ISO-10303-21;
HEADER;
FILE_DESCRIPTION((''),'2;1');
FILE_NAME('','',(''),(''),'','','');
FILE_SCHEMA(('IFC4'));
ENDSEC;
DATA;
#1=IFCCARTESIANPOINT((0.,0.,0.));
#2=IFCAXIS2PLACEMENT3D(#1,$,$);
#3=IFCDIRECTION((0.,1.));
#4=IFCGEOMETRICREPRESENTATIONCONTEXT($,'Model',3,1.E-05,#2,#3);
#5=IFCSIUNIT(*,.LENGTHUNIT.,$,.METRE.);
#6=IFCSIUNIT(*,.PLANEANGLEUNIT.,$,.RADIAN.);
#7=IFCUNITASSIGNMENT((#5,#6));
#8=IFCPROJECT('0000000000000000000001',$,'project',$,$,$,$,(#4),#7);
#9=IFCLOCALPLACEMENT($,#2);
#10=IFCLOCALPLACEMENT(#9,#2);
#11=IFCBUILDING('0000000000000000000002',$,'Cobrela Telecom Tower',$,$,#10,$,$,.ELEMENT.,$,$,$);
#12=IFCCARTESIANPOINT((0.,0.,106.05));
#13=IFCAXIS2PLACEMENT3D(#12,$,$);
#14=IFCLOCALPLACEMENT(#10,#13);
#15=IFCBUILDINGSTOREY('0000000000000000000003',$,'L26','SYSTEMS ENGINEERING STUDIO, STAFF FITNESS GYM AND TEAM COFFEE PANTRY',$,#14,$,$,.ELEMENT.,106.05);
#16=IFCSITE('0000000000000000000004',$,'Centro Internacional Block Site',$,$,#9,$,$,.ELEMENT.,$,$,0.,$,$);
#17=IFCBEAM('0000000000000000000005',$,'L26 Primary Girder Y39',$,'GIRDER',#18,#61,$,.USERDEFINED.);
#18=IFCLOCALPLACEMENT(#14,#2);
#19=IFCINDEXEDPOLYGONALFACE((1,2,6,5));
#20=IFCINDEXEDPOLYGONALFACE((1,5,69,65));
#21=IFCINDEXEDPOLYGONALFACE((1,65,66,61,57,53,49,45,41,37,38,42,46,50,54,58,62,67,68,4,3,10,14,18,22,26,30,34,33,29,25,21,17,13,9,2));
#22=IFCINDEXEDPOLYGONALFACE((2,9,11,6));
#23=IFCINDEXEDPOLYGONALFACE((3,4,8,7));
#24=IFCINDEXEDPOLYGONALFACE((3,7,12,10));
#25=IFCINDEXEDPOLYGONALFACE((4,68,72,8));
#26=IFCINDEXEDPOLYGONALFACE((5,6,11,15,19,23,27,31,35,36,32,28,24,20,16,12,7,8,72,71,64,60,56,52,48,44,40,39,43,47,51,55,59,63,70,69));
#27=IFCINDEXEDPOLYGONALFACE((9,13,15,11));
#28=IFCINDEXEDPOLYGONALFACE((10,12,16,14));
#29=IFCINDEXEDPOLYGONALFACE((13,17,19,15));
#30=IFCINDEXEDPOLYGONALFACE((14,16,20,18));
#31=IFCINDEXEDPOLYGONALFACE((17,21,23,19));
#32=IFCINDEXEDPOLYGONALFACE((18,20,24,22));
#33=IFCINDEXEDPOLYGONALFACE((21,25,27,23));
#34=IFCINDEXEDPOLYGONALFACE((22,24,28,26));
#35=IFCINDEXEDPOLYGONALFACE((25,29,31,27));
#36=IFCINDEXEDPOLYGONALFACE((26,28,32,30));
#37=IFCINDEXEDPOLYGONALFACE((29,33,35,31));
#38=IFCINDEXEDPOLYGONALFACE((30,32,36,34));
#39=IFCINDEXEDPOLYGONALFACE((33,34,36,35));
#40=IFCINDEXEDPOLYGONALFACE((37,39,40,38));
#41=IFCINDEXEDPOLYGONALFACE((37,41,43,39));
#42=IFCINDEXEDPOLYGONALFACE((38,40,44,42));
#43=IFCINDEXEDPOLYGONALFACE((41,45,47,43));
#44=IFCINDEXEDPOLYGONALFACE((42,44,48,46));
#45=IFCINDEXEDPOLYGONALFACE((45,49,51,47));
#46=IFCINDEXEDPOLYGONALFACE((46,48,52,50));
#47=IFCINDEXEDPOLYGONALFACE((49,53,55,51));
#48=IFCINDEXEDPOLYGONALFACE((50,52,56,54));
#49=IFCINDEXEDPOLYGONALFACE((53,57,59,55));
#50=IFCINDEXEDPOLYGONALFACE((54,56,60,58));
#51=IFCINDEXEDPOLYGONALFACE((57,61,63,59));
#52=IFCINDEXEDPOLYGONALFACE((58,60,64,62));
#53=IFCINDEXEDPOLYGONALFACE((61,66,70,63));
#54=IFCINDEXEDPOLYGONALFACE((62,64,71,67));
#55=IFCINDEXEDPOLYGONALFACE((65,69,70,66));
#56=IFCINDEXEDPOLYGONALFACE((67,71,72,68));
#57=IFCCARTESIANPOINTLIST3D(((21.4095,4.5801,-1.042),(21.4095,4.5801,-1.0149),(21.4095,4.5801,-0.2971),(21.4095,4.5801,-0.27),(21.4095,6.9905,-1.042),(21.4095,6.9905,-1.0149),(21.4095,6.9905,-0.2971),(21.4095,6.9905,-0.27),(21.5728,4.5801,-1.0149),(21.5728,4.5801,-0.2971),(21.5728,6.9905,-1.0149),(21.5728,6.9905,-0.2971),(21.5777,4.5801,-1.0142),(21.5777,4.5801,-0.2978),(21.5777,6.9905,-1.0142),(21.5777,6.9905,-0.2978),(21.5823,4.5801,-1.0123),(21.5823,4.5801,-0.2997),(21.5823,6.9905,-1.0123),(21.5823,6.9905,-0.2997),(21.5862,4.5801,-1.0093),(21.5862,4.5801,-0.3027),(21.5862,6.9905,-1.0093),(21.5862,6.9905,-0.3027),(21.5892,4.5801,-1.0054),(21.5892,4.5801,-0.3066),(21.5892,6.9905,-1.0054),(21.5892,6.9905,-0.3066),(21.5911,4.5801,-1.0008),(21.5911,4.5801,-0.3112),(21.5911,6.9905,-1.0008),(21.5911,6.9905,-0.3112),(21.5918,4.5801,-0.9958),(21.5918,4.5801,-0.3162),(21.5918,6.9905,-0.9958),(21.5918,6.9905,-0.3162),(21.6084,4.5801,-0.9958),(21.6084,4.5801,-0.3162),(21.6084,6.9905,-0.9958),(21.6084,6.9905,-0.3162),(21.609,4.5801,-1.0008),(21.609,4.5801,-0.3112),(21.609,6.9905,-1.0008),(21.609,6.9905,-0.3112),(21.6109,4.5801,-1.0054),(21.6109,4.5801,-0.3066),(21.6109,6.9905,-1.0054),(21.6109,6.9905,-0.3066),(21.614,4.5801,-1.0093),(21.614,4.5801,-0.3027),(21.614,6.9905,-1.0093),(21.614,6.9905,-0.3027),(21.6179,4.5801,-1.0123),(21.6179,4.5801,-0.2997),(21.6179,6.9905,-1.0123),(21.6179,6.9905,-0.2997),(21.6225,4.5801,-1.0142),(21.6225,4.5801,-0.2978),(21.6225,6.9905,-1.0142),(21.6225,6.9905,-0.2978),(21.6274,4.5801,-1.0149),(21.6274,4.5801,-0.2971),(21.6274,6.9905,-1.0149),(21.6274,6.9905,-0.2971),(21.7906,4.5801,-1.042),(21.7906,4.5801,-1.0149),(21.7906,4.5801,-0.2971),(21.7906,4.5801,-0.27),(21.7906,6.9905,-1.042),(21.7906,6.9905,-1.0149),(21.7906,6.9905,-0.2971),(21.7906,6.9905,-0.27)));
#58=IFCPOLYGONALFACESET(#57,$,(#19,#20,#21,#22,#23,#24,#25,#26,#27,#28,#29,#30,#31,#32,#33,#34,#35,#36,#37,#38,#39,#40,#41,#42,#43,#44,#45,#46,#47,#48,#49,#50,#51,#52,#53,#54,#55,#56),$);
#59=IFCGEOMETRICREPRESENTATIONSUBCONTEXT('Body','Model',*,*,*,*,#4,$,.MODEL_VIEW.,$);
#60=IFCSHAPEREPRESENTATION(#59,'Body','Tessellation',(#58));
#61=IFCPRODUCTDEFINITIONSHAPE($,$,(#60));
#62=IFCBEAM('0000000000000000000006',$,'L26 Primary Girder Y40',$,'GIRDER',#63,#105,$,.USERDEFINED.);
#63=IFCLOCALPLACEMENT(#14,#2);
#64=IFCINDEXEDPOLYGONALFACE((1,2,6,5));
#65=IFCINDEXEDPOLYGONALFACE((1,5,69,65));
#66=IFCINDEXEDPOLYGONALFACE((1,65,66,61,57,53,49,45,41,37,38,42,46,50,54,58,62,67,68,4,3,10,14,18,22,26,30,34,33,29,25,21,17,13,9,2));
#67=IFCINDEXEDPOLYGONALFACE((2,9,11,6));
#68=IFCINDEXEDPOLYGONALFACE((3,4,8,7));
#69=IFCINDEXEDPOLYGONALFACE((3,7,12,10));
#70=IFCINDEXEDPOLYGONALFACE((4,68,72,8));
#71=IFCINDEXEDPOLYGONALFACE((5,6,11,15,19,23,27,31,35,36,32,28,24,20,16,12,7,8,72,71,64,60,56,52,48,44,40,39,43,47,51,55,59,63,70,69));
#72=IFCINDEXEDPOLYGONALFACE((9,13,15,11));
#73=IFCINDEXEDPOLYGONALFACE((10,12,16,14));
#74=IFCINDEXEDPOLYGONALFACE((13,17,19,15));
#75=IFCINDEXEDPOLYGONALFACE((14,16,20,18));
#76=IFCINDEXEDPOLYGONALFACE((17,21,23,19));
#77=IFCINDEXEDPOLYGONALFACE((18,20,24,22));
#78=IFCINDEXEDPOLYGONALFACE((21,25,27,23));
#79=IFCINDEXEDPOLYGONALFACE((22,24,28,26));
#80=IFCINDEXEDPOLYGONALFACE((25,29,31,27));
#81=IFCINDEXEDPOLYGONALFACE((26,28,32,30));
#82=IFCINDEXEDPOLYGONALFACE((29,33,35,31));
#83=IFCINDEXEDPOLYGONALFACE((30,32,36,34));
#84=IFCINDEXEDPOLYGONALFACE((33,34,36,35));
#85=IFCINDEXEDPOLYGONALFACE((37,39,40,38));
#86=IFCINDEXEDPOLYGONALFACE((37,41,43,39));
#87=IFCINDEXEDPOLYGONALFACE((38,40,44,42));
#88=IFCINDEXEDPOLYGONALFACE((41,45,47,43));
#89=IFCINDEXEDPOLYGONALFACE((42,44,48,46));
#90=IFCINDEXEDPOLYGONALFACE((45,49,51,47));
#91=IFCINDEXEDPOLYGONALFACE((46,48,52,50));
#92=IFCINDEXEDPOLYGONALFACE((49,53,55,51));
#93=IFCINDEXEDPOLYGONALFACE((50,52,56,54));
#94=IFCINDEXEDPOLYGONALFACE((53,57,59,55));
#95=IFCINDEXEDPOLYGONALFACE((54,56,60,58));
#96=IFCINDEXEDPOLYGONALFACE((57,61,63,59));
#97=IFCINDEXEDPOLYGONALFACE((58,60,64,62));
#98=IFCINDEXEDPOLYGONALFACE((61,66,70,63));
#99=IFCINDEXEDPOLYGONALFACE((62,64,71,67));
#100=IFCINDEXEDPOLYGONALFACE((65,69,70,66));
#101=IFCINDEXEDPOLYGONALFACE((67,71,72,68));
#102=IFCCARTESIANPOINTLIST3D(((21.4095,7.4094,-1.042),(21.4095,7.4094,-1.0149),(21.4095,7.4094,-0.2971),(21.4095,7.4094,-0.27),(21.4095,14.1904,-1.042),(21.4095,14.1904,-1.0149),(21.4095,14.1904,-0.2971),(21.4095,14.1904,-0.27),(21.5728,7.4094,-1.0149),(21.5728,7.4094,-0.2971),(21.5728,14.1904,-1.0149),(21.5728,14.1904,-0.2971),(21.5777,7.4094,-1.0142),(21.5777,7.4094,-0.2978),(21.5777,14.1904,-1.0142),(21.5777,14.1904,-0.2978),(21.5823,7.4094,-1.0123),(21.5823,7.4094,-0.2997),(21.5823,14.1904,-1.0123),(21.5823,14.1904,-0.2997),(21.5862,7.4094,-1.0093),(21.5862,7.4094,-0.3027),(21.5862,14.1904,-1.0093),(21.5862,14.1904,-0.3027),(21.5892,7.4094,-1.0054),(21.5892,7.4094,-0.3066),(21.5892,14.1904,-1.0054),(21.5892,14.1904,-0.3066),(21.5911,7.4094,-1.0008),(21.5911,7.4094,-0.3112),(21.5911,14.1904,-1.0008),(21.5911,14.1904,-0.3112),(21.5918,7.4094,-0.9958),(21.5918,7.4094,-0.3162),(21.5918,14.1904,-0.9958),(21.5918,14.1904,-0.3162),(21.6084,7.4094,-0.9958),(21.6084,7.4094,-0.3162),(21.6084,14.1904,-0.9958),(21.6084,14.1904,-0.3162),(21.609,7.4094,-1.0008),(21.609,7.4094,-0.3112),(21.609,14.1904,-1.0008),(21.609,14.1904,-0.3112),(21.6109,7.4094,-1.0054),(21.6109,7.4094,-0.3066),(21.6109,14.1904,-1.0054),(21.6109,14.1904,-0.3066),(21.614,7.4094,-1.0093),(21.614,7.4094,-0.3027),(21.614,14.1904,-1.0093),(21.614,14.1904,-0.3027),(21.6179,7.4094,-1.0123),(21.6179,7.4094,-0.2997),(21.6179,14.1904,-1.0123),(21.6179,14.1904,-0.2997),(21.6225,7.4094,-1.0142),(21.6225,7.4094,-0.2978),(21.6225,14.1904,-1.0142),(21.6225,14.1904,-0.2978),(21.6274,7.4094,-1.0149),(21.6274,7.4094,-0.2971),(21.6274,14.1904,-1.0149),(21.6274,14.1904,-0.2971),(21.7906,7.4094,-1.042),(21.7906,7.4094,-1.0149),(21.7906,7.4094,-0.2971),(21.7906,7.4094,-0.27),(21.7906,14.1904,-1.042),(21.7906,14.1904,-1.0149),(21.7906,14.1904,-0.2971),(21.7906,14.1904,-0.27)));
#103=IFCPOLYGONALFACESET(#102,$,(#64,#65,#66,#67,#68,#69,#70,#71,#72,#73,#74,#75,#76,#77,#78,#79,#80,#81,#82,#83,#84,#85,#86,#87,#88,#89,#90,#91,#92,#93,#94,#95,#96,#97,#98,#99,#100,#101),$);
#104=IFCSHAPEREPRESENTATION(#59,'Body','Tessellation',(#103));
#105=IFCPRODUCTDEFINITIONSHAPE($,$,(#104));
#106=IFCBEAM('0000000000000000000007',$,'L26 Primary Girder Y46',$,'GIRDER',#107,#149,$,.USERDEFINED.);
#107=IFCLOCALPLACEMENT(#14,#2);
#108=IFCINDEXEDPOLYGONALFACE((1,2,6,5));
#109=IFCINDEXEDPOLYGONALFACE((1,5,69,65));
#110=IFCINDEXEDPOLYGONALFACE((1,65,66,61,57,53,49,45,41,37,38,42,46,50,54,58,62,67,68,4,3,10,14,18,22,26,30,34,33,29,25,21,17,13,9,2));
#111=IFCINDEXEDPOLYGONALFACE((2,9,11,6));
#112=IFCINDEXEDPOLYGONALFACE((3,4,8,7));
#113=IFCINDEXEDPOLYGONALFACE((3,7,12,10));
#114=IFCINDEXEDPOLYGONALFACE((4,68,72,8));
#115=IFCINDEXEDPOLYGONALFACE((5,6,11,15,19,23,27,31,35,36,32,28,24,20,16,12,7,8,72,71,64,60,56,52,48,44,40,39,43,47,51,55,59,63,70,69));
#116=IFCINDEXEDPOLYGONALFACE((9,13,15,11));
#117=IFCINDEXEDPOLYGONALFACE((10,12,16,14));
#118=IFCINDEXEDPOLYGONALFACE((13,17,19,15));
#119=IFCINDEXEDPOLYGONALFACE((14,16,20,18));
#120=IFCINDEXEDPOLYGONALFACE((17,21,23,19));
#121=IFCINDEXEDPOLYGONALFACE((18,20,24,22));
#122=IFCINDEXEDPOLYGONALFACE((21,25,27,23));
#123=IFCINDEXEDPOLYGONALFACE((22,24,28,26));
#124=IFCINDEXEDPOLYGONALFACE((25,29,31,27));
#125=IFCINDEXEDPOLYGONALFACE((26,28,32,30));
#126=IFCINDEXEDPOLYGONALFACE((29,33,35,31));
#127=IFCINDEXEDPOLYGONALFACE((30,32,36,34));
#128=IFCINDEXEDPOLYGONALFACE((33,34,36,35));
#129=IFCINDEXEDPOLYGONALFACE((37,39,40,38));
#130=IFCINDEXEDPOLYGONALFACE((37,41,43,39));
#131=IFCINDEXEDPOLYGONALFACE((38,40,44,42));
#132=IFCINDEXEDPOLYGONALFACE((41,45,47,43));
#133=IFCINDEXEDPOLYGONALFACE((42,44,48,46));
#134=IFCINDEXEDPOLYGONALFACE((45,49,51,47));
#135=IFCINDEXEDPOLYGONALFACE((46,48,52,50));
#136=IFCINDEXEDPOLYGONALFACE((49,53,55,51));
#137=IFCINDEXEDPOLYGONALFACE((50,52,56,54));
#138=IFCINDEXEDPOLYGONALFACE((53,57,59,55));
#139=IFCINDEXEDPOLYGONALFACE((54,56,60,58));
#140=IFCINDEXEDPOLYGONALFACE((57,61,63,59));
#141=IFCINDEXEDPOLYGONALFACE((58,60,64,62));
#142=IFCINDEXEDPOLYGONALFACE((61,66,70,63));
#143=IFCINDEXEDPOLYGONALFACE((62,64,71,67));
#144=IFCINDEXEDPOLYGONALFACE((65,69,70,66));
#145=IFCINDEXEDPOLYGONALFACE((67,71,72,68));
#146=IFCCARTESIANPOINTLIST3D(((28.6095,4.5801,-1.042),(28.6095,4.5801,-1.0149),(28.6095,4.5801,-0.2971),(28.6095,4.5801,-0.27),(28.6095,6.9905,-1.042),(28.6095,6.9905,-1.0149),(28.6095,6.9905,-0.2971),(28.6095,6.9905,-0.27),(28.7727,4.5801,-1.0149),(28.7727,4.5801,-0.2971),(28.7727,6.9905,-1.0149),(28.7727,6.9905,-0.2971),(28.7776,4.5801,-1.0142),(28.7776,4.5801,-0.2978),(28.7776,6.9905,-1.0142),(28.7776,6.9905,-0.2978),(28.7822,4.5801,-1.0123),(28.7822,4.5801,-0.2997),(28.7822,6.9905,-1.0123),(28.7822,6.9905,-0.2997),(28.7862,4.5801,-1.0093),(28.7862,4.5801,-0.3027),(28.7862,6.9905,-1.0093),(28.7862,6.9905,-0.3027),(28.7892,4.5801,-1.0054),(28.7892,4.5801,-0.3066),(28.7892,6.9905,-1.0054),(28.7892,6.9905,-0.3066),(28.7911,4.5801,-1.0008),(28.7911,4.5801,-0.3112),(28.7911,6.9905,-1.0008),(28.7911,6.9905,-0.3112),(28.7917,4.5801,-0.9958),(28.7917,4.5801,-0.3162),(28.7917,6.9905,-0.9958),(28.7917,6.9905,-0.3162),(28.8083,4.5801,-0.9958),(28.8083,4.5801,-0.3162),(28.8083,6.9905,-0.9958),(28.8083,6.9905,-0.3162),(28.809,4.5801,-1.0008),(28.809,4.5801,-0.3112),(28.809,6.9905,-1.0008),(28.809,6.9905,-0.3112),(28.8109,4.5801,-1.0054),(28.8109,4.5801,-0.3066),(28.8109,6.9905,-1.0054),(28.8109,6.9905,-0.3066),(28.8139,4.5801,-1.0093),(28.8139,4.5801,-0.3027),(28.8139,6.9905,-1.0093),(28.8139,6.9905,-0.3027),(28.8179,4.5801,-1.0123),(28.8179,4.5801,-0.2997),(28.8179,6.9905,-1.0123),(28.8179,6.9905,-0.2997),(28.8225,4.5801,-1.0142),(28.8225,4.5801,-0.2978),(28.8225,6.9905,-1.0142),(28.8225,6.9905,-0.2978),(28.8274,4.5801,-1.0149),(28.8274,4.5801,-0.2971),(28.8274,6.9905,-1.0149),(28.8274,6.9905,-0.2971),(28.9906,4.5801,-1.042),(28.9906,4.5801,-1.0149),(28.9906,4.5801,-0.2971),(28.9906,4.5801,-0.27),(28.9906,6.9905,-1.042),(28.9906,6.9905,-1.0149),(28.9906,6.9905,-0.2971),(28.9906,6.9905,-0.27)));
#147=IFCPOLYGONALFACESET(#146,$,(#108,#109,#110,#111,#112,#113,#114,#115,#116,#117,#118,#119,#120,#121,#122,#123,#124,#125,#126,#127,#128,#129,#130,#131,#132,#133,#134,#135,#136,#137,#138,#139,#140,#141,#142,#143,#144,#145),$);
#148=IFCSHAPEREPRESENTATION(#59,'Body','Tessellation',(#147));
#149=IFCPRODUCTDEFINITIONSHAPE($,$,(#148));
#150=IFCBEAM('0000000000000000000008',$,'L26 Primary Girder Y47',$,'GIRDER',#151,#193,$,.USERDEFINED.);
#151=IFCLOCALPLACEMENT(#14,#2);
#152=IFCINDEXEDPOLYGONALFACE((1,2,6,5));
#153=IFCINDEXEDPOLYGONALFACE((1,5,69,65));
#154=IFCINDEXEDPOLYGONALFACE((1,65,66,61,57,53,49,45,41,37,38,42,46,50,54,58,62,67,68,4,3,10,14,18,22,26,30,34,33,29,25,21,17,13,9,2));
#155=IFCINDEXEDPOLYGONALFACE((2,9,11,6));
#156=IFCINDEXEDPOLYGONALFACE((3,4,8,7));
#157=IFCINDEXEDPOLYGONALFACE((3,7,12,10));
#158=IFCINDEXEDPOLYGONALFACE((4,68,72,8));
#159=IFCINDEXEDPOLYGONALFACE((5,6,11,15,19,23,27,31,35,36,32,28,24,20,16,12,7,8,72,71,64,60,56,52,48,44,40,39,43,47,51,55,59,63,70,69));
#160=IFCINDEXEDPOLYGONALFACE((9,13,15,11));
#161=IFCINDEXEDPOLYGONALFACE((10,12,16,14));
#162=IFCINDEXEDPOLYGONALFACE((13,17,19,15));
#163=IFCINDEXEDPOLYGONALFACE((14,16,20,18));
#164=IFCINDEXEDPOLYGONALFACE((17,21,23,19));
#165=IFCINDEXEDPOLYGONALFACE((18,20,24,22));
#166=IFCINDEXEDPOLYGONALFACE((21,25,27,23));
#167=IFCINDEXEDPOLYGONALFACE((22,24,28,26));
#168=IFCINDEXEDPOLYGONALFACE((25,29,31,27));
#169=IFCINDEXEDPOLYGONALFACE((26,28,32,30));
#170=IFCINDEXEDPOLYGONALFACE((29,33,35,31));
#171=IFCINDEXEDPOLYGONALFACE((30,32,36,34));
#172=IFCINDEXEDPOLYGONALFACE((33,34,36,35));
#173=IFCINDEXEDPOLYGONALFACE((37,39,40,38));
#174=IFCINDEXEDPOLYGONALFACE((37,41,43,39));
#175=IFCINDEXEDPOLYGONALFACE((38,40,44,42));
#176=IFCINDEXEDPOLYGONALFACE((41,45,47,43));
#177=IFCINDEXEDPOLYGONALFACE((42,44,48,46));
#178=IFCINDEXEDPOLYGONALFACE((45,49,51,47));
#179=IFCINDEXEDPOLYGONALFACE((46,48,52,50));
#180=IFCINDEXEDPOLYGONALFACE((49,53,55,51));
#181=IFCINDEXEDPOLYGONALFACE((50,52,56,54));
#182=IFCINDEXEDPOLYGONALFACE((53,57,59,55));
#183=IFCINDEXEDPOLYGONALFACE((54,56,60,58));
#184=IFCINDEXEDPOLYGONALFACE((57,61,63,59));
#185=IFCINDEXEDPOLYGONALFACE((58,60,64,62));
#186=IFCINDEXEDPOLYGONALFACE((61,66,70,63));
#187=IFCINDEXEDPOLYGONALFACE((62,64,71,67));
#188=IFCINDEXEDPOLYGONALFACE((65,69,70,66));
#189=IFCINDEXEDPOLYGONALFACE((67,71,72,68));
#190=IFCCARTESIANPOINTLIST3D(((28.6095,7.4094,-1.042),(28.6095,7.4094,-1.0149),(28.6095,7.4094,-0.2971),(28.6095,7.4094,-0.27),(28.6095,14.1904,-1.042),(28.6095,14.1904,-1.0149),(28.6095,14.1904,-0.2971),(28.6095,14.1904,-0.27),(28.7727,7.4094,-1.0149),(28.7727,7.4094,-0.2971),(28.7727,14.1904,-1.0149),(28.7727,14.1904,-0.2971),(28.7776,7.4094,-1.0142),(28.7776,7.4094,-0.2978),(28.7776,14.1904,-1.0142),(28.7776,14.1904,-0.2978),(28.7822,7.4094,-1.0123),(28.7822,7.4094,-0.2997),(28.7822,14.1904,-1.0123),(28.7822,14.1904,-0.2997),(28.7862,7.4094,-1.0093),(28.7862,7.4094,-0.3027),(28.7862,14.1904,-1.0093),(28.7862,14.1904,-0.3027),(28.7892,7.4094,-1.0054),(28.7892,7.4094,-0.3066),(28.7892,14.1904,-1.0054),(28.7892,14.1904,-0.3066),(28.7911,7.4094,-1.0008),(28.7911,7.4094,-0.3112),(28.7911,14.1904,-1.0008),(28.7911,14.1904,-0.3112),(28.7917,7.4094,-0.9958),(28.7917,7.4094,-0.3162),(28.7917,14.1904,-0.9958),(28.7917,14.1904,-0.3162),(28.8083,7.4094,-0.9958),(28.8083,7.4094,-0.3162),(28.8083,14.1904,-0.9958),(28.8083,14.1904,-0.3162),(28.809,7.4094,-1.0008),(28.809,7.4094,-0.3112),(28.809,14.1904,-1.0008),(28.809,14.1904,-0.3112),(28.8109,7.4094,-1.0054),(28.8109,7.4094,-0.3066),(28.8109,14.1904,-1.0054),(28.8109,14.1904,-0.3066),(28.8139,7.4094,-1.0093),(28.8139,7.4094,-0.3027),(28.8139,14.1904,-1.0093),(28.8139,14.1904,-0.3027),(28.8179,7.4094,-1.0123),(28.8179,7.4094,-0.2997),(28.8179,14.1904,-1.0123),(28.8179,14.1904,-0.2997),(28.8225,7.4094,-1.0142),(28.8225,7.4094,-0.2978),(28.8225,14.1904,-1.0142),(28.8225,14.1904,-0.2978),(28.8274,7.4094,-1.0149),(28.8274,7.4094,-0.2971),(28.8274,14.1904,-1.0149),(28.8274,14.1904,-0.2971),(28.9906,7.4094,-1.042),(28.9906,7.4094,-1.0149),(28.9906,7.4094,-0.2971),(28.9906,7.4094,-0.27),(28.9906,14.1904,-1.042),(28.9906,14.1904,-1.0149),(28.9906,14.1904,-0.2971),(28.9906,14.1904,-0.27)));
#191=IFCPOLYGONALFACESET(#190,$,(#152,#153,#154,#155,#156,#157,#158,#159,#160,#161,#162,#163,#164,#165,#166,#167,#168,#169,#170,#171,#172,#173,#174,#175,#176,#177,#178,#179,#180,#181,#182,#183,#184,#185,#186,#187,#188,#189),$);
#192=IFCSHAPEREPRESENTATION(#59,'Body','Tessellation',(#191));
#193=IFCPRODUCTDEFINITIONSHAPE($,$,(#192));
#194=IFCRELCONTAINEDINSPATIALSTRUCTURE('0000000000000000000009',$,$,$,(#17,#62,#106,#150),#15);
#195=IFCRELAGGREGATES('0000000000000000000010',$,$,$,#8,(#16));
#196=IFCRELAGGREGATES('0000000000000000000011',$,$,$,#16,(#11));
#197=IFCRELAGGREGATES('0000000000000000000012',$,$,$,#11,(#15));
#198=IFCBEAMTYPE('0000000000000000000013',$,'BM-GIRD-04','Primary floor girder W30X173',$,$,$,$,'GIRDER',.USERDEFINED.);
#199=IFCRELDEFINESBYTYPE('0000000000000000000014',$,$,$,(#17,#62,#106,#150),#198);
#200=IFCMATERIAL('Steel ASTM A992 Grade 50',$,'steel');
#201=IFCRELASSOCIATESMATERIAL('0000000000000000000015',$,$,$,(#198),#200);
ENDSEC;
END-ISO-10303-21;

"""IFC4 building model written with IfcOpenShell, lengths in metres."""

from ifc_helpers import new_model, si_unit, direction, frame, origin, origin_2d, place, context, subcontext, project, spatial, i_section, extrude, material, material_profile, profile_set, type_object, element, save


model = new_model("IFC4")

# Units and contexts
model_context = context("Model", 3, precision=1e-05, world=origin(), true_north=direction((0.0, 1.0)))
body_context = subcontext(model_context, "Body", "Model", "MODEL_VIEW")
ifc_project = project(units=[si_unit("LENGTHUNIT", "METRE"), si_unit("PLANEANGLEUNIT", "RADIAN")], contexts=[model_context])

# Site, building, storey
site_placement = place(None, origin())
site = spatial("IfcSite", under=ifc_project, at=site_placement, Name="Centro Internacional Block Site", CompositionType="ELEMENT", RefElevation=0.0)
building_placement = place(site_placement, origin())
building = spatial("IfcBuilding", under=site, at=building_placement, Name="Cobrela Telecom Tower", CompositionType="ELEMENT")
storey_placement = place(building_placement, frame((0.0, 0.0, 106.05)))
storey = spatial("IfcBuildingStorey", under=building, at=storey_placement, Name="L26", Description="SYSTEMS ENGINEERING STUDIO, STAFF FITNESS GYM AND TEAM COFFEE PANTRY", CompositionType="ELEMENT", Elevation=106.05)

# Shared definitions
ifc_material_1 = material(Name="Steel ASTM A992 Grade 50", Category="steel")

# Beams
ifc_material_profile_1 = material_profile(ifc_material_1, i_section(OverallWidth=0.3811, OverallDepth=0.772, WebThickness=0.0166, FlangeThickness=0.0271, FilletRadius=0.019, at=origin_2d()), Name="W30X173")
ifc_profile_set_1 = profile_set([ifc_material_profile_1], Name="Steel ASTM A992 Grade 50")
beam_type_1 = type_object("IfcBeamType", Name="BM-GIRD-04", Description="Primary floor girder W30X173", ElementType="GIRDER", PredefinedType="USERDEFINED", material=ifc_profile_set_1)
beam_1_placement = place(storey_placement, frame((21.6001, 4.5801, -0.656), z_axis=(0.0, 1.0, 0.0), x_axis=(-1.0, 0.0, 0.0)))
element("IfcBeam", 1, at=beam_1_placement, inside=storey, type_object=beam_type_1, Name="L26 Primary Girder Y39", ObjectType="GIRDER", PredefinedType="USERDEFINED", context=body_context, shape_type="SweptSolid", body=[
    extrude(i_section(OverallWidth=0.3811, OverallDepth=0.772, WebThickness=0.0166, FlangeThickness=0.0271, FilletRadius=0.019, at=origin_2d()), origin(), (0.0, 0.0, 1.0), 2.4104),
])
beam_2_placement = place(storey_placement, frame((21.6001, 7.4094, -0.656), z_axis=(0.0, 1.0, 0.0), x_axis=(-1.0, 0.0, 0.0)))
element("IfcBeam", 2, at=beam_2_placement, inside=storey, type_object=beam_type_1, Name="L26 Primary Girder Y40", ObjectType="GIRDER", PredefinedType="USERDEFINED", context=body_context, shape_type="SweptSolid", body=[
    extrude(i_section(OverallWidth=0.3811, OverallDepth=0.772, WebThickness=0.0166, FlangeThickness=0.0271, FilletRadius=0.019, at=origin_2d()), origin(), (0.0, 0.0, 1.0), 6.781),
])
beam_3_placement = place(storey_placement, frame((28.8, 4.5801, -0.656), z_axis=(0.0, 1.0, 0.0), x_axis=(-1.0, 0.0, 0.0)))
element("IfcBeam", 3, at=beam_3_placement, inside=storey, type_object=beam_type_1, Name="L26 Primary Girder Y46", ObjectType="GIRDER", PredefinedType="USERDEFINED", context=body_context, shape_type="SweptSolid", body=[
    extrude(i_section(OverallWidth=0.3811, OverallDepth=0.772, WebThickness=0.0166, FlangeThickness=0.0271, FilletRadius=0.019, at=origin_2d()), origin(), (0.0, 0.0, 1.0), 2.4104),
])
beam_4_placement = place(storey_placement, frame((28.8, 7.4094, -0.656), z_axis=(0.0, 1.0, 0.0), x_axis=(-1.0, 0.0, 0.0)))
element("IfcBeam", 4, at=beam_4_placement, inside=storey, type_object=beam_type_1, Name="L26 Primary Girder Y47", ObjectType="GIRDER", PredefinedType="USERDEFINED", context=body_context, shape_type="SweptSolid", body=[
    extrude(i_section(OverallWidth=0.3811, OverallDepth=0.772, WebThickness=0.0166, FlangeThickness=0.0271, FilletRadius=0.019, at=origin_2d()), origin(), (0.0, 0.0, 1.0), 6.781),
])

save(model, "model.ifc")
